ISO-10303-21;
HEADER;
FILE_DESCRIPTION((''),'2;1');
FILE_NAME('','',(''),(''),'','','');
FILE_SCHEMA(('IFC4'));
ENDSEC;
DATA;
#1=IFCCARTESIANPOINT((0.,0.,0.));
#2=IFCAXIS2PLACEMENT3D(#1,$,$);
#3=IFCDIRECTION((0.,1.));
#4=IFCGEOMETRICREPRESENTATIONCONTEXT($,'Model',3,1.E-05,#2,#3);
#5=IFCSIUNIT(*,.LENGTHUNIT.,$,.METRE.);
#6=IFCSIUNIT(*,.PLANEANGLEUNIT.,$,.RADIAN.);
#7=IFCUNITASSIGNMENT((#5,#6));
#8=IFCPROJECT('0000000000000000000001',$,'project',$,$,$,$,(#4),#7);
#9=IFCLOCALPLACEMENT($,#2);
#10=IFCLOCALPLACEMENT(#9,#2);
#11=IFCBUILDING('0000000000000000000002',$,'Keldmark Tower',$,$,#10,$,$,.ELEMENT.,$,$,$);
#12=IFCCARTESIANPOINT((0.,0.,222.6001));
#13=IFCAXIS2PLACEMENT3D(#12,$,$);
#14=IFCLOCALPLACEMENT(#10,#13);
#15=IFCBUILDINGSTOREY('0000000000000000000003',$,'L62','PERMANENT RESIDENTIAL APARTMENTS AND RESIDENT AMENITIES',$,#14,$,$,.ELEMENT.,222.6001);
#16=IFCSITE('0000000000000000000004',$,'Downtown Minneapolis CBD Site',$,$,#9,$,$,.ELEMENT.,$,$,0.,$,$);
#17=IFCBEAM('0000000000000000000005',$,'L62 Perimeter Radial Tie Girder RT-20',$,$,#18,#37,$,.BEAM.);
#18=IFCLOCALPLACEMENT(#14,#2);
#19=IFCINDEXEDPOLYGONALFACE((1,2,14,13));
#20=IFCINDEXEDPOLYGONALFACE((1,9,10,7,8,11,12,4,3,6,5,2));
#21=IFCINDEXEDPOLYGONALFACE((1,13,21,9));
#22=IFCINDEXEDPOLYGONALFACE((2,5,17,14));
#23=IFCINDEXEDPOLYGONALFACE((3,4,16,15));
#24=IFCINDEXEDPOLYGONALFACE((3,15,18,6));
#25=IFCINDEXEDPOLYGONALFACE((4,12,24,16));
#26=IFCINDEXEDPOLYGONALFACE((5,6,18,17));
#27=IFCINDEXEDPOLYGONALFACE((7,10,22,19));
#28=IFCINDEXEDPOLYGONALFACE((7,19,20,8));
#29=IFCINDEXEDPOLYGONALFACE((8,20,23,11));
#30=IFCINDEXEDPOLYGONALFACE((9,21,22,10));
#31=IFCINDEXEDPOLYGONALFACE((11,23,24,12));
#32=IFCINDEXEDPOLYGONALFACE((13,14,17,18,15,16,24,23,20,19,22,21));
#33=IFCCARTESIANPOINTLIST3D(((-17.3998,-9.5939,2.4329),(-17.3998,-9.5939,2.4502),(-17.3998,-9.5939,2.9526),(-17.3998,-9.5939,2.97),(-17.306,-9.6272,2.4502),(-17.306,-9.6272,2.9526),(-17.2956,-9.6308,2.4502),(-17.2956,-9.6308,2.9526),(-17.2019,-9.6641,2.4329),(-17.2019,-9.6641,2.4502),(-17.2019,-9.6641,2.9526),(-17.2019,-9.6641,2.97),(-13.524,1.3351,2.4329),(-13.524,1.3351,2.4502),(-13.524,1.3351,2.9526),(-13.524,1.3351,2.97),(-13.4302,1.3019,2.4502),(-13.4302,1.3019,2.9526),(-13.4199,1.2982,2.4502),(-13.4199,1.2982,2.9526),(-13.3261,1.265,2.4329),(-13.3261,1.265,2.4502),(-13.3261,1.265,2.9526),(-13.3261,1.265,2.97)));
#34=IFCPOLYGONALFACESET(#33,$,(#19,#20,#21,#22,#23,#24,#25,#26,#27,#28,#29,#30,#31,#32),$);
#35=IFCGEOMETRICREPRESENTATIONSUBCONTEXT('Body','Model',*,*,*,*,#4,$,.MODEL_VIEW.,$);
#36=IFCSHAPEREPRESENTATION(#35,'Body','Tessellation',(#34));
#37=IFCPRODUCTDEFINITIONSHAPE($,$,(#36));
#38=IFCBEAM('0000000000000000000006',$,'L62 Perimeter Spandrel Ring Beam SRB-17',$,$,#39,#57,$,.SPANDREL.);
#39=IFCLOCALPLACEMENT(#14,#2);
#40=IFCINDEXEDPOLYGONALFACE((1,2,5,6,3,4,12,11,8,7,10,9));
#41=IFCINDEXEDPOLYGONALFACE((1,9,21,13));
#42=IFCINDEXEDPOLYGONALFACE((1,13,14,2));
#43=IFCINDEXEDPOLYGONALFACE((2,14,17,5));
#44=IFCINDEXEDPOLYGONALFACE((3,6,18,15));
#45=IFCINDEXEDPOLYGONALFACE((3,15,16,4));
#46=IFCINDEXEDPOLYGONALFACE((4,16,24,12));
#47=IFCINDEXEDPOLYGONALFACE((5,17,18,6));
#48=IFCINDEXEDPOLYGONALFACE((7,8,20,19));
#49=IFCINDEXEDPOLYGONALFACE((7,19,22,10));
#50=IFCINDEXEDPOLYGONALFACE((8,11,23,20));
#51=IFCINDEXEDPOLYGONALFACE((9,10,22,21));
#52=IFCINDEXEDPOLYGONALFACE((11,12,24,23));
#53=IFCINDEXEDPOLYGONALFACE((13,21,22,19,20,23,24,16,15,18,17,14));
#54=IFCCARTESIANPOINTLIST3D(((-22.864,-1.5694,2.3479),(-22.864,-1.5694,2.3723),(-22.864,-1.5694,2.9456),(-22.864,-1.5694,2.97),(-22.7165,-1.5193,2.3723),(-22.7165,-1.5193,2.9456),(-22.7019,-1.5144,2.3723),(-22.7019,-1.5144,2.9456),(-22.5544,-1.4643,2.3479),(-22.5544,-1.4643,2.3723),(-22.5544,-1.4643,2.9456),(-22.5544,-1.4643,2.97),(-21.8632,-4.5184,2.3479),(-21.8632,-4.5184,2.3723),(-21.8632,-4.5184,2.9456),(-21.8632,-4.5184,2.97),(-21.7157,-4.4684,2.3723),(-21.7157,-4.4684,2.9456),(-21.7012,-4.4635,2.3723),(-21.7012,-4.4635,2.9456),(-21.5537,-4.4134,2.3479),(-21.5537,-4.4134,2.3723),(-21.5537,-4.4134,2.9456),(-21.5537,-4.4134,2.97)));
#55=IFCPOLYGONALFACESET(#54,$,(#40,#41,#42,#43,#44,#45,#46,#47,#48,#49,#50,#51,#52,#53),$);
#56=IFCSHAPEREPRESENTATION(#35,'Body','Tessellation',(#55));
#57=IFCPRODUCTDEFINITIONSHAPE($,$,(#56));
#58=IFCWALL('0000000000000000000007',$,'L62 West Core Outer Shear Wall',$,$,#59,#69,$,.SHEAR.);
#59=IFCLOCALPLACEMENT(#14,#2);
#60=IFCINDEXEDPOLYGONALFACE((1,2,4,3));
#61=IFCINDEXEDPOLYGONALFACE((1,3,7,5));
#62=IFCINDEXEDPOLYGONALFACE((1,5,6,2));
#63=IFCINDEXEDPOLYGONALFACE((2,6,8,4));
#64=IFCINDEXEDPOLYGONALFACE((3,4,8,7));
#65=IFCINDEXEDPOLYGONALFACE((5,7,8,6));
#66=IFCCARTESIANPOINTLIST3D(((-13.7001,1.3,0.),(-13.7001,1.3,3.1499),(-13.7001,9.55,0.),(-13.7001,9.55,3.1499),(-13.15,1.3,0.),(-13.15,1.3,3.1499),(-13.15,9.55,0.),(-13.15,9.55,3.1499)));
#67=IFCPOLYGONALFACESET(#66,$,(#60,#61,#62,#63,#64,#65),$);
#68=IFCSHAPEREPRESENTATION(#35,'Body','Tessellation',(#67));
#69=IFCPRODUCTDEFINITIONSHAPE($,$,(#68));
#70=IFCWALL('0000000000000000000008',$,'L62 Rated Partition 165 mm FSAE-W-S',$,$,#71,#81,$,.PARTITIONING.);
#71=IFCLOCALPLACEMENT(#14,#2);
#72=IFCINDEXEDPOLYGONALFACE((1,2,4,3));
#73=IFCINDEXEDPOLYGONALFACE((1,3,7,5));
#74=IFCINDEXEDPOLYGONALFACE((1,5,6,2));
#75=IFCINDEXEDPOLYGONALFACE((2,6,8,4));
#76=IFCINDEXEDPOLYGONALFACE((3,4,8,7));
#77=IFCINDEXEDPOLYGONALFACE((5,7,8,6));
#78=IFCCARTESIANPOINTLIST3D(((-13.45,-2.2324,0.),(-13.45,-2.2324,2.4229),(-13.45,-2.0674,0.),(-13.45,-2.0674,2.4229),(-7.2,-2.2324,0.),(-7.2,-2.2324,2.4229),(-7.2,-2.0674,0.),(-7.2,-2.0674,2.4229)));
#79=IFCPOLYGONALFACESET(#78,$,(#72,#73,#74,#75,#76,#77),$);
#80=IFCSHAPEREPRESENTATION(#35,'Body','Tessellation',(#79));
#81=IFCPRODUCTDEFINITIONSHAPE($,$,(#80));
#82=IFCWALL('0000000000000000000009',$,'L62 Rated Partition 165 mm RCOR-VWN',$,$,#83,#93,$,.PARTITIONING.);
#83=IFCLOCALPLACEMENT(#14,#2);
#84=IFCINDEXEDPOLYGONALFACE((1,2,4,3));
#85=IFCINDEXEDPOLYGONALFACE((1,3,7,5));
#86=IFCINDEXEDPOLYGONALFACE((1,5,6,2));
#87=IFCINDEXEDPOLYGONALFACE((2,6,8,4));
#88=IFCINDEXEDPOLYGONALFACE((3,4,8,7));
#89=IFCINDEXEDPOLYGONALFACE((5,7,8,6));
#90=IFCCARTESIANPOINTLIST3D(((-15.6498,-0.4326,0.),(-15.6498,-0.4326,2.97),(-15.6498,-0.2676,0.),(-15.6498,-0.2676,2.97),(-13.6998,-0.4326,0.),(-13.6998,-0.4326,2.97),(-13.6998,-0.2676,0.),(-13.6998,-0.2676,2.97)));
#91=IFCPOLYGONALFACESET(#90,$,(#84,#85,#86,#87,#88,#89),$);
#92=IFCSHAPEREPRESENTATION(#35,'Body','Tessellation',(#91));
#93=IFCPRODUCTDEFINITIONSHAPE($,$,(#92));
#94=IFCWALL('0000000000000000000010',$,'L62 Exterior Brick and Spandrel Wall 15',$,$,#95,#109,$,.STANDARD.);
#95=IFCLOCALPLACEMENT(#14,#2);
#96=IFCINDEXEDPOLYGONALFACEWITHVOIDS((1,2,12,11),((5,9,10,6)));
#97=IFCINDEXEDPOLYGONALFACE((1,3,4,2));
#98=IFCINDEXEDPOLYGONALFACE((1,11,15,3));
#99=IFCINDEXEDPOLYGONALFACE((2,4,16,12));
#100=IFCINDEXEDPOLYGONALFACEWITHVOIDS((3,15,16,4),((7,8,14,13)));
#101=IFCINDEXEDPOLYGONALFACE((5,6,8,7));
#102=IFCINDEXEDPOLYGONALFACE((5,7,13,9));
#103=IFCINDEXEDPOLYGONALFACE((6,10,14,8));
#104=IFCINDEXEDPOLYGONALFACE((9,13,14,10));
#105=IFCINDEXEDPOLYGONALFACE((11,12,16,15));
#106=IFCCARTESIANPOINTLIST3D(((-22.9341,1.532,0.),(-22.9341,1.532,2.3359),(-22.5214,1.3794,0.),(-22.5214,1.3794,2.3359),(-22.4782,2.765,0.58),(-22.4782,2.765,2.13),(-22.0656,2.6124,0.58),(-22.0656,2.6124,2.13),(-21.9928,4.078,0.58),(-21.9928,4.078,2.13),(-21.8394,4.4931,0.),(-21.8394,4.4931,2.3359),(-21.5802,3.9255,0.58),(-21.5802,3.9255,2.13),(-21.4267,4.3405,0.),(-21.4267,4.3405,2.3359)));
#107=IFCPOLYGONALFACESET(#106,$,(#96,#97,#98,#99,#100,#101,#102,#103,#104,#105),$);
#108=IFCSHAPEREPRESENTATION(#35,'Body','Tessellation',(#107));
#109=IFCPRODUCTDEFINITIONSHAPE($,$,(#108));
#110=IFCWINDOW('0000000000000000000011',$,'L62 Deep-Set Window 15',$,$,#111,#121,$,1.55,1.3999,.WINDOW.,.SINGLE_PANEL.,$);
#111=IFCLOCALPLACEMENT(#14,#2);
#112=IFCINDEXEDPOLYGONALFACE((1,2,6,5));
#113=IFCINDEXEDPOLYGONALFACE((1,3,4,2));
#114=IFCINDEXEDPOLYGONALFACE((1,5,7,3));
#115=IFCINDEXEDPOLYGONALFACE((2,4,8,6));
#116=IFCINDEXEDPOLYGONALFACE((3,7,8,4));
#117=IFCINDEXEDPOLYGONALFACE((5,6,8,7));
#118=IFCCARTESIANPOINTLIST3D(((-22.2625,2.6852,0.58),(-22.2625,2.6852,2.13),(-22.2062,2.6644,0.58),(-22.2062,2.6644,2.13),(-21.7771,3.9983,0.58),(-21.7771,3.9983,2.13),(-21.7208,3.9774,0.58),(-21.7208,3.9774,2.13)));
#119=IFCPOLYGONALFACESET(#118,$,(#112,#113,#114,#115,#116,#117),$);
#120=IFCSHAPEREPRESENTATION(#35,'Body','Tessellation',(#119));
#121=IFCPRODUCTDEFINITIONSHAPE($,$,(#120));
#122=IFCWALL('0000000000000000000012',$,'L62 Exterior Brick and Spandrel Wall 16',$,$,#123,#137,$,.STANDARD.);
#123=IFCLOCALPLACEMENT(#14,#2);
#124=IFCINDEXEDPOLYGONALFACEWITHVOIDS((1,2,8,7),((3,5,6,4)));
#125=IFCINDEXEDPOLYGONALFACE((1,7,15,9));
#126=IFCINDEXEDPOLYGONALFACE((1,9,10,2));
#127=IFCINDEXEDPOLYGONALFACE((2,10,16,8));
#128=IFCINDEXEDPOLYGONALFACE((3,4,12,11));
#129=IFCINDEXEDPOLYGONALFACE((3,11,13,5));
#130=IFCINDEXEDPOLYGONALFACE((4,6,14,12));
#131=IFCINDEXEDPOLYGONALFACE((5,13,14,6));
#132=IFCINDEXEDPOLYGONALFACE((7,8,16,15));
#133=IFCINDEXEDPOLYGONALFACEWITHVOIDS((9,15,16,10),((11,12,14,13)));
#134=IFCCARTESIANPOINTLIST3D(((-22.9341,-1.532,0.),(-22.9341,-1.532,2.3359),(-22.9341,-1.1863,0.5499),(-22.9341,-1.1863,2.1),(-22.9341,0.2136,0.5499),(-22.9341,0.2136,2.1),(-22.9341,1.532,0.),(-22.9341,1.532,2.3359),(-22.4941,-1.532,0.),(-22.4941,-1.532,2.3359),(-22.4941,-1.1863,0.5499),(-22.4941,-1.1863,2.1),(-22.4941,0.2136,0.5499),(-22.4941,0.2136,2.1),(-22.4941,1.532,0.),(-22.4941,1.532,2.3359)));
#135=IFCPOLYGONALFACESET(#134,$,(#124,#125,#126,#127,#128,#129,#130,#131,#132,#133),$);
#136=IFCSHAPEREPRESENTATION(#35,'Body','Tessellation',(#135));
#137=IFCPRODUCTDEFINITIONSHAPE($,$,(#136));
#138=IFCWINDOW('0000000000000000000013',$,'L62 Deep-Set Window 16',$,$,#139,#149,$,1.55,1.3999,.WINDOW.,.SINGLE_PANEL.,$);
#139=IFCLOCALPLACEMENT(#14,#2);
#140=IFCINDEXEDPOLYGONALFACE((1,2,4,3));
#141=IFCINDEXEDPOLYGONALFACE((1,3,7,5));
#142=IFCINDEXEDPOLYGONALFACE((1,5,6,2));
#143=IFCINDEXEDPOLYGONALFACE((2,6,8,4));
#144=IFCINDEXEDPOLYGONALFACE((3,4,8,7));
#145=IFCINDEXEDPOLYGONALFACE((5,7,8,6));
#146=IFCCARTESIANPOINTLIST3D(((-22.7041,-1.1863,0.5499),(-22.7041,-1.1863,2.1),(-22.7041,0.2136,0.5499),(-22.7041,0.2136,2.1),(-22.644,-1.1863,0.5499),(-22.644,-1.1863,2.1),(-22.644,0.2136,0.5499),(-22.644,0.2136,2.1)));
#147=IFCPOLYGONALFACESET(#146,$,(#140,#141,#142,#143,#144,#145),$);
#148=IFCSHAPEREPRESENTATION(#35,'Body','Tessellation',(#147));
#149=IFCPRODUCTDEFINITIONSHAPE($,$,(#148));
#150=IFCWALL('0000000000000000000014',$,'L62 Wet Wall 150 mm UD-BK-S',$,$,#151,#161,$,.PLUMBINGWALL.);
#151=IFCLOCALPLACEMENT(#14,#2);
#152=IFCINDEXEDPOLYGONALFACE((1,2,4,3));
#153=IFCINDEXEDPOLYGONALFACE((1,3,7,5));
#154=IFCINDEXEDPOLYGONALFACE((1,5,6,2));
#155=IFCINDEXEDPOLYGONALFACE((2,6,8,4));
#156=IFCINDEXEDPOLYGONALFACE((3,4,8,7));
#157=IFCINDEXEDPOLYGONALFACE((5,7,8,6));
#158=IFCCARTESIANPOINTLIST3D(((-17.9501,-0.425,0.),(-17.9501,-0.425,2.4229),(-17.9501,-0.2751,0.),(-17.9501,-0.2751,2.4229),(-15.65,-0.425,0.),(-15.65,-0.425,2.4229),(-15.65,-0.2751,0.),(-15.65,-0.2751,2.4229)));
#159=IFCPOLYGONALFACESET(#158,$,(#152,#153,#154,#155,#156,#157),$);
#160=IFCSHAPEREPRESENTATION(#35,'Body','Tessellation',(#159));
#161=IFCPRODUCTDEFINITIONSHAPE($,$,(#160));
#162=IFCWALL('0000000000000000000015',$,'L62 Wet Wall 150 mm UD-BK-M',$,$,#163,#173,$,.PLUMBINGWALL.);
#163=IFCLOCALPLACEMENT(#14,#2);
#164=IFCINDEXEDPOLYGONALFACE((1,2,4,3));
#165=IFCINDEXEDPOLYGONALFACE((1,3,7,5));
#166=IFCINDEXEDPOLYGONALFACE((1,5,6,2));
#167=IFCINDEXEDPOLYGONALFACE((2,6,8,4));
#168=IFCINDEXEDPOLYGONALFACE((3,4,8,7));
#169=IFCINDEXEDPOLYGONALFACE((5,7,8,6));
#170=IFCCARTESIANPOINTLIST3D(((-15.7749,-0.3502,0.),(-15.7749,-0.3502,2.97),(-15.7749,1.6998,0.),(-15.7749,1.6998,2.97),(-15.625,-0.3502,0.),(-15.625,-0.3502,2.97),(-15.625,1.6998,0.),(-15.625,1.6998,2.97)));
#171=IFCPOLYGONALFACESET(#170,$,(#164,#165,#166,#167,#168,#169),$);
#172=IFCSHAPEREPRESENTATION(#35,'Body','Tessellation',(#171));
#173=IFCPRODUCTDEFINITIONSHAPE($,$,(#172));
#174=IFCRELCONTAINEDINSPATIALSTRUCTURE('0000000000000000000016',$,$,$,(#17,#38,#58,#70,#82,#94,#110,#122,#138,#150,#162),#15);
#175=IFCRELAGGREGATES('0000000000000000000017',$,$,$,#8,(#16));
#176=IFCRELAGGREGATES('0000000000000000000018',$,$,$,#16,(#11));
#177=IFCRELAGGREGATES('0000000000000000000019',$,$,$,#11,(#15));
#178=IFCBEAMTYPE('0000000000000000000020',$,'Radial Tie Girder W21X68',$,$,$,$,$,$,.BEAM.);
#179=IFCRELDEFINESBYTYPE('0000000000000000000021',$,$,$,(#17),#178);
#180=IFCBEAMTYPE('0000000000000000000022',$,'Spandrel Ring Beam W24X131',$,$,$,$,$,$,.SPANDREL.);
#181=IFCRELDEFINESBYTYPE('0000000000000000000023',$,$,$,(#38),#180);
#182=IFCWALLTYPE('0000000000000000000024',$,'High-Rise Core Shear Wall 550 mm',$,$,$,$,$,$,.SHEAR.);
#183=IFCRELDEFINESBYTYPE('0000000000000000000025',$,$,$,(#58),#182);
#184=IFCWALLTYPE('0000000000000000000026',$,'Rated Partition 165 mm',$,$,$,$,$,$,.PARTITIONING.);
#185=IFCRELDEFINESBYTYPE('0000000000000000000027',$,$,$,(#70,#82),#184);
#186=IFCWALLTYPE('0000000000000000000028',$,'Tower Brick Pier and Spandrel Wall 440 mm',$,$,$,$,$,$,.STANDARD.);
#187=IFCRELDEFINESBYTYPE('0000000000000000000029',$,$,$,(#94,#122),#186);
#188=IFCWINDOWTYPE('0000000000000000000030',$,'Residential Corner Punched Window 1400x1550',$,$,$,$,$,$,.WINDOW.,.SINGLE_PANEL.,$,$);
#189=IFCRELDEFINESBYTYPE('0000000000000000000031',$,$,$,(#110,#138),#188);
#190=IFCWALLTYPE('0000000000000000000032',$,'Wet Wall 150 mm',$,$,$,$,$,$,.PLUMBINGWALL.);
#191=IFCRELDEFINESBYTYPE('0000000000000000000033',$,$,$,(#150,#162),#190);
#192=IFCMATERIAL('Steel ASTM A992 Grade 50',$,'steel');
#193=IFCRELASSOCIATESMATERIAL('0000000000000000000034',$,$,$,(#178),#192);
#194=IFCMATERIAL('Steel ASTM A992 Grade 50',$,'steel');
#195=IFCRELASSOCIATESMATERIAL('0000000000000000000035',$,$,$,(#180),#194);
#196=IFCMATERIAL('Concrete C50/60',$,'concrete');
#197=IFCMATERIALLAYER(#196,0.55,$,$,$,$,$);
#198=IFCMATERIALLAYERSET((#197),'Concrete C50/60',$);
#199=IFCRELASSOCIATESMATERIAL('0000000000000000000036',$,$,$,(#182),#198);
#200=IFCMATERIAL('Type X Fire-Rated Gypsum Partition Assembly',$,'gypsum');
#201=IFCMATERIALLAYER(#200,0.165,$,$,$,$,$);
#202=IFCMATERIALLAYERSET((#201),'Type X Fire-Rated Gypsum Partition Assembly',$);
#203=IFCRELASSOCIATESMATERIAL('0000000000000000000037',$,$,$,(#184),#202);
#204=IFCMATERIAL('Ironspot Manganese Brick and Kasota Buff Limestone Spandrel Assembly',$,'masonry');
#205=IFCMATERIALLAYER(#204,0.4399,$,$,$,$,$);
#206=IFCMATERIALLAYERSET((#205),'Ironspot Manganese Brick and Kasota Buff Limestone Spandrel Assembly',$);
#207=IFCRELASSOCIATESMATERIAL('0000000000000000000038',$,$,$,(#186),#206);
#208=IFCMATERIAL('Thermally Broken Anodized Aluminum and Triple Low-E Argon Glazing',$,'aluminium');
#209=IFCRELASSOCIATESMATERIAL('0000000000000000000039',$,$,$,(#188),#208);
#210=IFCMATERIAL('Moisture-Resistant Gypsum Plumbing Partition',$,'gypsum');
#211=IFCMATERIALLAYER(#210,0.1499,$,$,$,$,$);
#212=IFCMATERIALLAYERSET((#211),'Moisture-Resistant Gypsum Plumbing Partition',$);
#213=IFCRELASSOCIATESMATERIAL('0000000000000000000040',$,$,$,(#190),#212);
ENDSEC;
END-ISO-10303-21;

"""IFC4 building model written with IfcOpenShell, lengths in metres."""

from ifc_helpers import new_model, si_unit, direction, frame, frame_2d, origin, origin_2d, place, context, subcontext, project, spatial, rectangle, i_section, extrude, material, layer, layer_set, material_profile, profile_set, type_object, element, fill, save


model = new_model("IFC4")

# Units and contexts
model_context = context("Model", 3, precision=1e-05, world=origin(), true_north=direction((0.0, 1.0)))
body_context = subcontext(model_context, "Body", "Model", "MODEL_VIEW")
ifc_project = project(units=[si_unit("LENGTHUNIT", "METRE"), si_unit("PLANEANGLEUNIT", "RADIAN")], contexts=[model_context])

# Site, building, storey
site_placement = place(None, origin())
site = spatial("IfcSite", under=ifc_project, at=site_placement, Name="Downtown Minneapolis CBD Site", CompositionType="ELEMENT", RefElevation=0.0)
building_placement = place(site_placement, origin())
building = spatial("IfcBuilding", under=site, at=building_placement, Name="Keldmark Tower", CompositionType="ELEMENT")
storey_placement = place(building_placement, frame((0.0, 0.0, 222.6001)))
storey = spatial("IfcBuildingStorey", under=building, at=storey_placement, Name="L62", Description="PERMANENT RESIDENTIAL APARTMENTS AND RESIDENT AMENITIES", CompositionType="ELEMENT", Elevation=222.6001)

# Beams
ifc_material_1 = material(Name="Steel ASTM A992 Grade 50", Category="steel")
ifc_material_profile_1 = material_profile(ifc_material_1, i_section(OverallWidth=0.21, OverallDepth=0.5371, WebThickness=0.011, FlangeThickness=0.0173, at=origin_2d()), Name="W21X68")
ifc_profile_set_1 = profile_set([ifc_material_profile_1], Name="Steel ASTM A992 Grade 50")
beam_type_1 = type_object("IfcBeamType", Name="Radial Tie Girder W21X68", PredefinedType="BEAM", material=ifc_profile_set_1)
beam_1_placement = place(storey_placement, frame((-13.425, 1.3, 2.7014), z_axis=(-0.334235, -0.94249, 0.0), x_axis=(0.94249, -0.334235, 0.0)))
element("IfcBeam", 1, at=beam_1_placement, inside=storey, type_object=beam_type_1, Name="L62 Perimeter Radial Tie Girder RT-20", PredefinedType="BEAM", context=body_context, shape_type="SweptSolid", body=[
    extrude(i_section(OverallWidth=0.21, OverallDepth=0.5371, WebThickness=0.011, FlangeThickness=0.0173, at=origin_2d()), origin(), (0.0, 0.0, 1.0), 11.5959),
])
ifc_material_2 = material(Name="Steel ASTM A992 Grade 50", Category="steel")
ifc_material_profile_2 = material_profile(ifc_material_2, i_section(OverallWidth=0.3269, OverallDepth=0.6221, WebThickness=0.0154, FlangeThickness=0.0244, at=origin_2d()), Name="W24X131")
ifc_profile_set_2 = profile_set([ifc_material_profile_2], Name="Steel ASTM A992 Grade 50")
beam_type_2 = type_object("IfcBeamType", Name="Spandrel Ring Beam W24X131", PredefinedType="SPANDREL", material=ifc_profile_set_2)
beam_2_placement = place(storey_placement, frame((-22.7092, -1.5168, 2.6589), z_axis=(0.32135, -0.94696, 0.0), x_axis=(0.94696, 0.32135, 0.0)))
element("IfcBeam", 2, at=beam_2_placement, inside=storey, type_object=beam_type_2, Name="L62 Perimeter Spandrel Ring Beam SRB-17", PredefinedType="SPANDREL", context=body_context, shape_type="SweptSolid", body=[
    extrude(i_section(OverallWidth=0.3269, OverallDepth=0.6221, WebThickness=0.0154, FlangeThickness=0.0244, at=origin_2d()), origin(), (0.0, 0.0, 1.0), 3.1143),
])

# Walls
ifc_material_3 = material(Name="Concrete C50/60", Category="concrete")
ifc_layer_1 = layer(ifc_material_3, 0.55)
ifc_layer_set_1 = layer_set([ifc_layer_1], Name="Concrete C50/60")
wall_type_1 = type_object("IfcWallType", Name="High-Rise Core Shear Wall 550 mm", PredefinedType="SHEAR", material=ifc_layer_set_1)
wall_1_placement = place(storey_placement, frame((-13.425, 1.3, 0.0), z_axis=(0.0, 0.0, 1.0), x_axis=(0.0, 1.0, 0.0)))
element("IfcWall", 3, at=wall_1_placement, inside=storey, type_object=wall_type_1, Name="L62 West Core Outer Shear Wall", PredefinedType="SHEAR", context=body_context, shape_type="SweptSolid", body=[
    extrude(rectangle(XDim=8.25, YDim=0.55, at=frame_2d((4.125, 0.0))), origin(), (0.0, 0.0, 1.0), 3.1499),
])
ifc_material_4 = material(Name="Type X Fire-Rated Gypsum Partition Assembly", Category="gypsum")
ifc_layer_2 = layer(ifc_material_4, 0.165)
ifc_layer_set_2 = layer_set([ifc_layer_2], Name="Type X Fire-Rated Gypsum Partition Assembly")
wall_type_2 = type_object("IfcWallType", Name="Rated Partition 165 mm", PredefinedType="PARTITIONING", material=ifc_layer_set_2)
wall_2_placement = place(storey_placement, frame((-13.45, -2.1499, 0.0), z_axis=(0.0, 0.0, 1.0), x_axis=(1.0, 0.0, 0.0)))
element("IfcWall", 4, at=wall_2_placement, inside=storey, type_object=wall_type_2, Name="L62 Rated Partition 165 mm FSAE-W-S", PredefinedType="PARTITIONING", context=body_context, shape_type="SweptSolid", body=[
    extrude(rectangle(XDim=6.25, YDim=0.165, at=frame_2d((3.125, 0.0))), origin(), (0.0, 0.0, 1.0), 2.4229),
])

# Wall
wall_3_placement = place(storey_placement, frame((-15.6499, -0.3501, 0.0), z_axis=(0.0, 0.0, 1.0), x_axis=(1.0, 0.0, 0.0)))
element("IfcWall", 5, at=wall_3_placement, inside=storey, type_object=wall_type_2, Name="L62 Rated Partition 165 mm RCOR-VWN", PredefinedType="PARTITIONING", context=body_context, shape_type="SweptSolid", body=[
    extrude(rectangle(XDim=1.95, YDim=0.165, at=frame_2d((0.9751, 0.0))), origin(), (0.0, 0.0, 1.0), 2.97),
])

# Walls, openings, windows
ifc_material_5 = material(Name="Ironspot Manganese Brick and Kasota Buff Limestone Spandrel Assembly", Category="masonry")
ifc_layer_3 = layer(ifc_material_5, 0.4399)
ifc_layer_set_3 = layer_set([ifc_layer_3], Name="Ironspot Manganese Brick and Kasota Buff Limestone Spandrel Assembly")
wall_type_3 = type_object("IfcWallType", Name="Tower Brick Pier and Spandrel Wall 440 mm", PredefinedType="STANDARD", material=ifc_layer_set_3)
wall_4_placement = place(storey_placement, frame((-22.7278, 1.4556, 0.0), z_axis=(0.0, 0.0, 1.0), x_axis=(0.346755, 0.937956, 0.0)))
wall_4 = element("IfcWall", 6, at=wall_4_placement, inside=storey, type_object=wall_type_3, Name="L62 Exterior Brick and Spandrel Wall 15", PredefinedType="STANDARD", context=body_context, shape_type="SweptSolid", body=[
    extrude(rectangle(XDim=3.157, YDim=0.4399, at=frame_2d((1.5786, 0.0))), origin(), (0.0, 0.0, 1.0), 2.3359),
])
opening_1_placement = place(wall_4_placement, frame((1.3147, 0.0, 0.5801)))
opening_1 = element("IfcOpeningElement", 7, at=opening_1_placement, cuts=wall_4, PredefinedType="OPENING", context=body_context, shape_type="SweptSolid", body=[
    extrude(rectangle(XDim=1.3999, YDim=1.55, at=frame_2d((0.7, 0.7749))), frame((0.0, 0.23, 0.0), z_axis=(0.0, -1.0, 0.0), x_axis=(1.0, 0.0, 0.0)), (0.0, 0.0, 1.0), 0.46),
])
ifc_material_6 = material(Name="Thermally Broken Anodized Aluminum and Triple Low-E Argon Glazing", Category="aluminium")
window_type = type_object("IfcWindowType", Name="Residential Corner Punched Window 1400x1550", PartitioningType="SINGLE_PANEL", PredefinedType="WINDOW", material=ifc_material_6)
window_1_placement = place(opening_1_placement, origin())
window_1 = element("IfcWindow", 8, at=window_1_placement, inside=storey, type_object=window_type, Name="L62 Deep-Set Window 15", OverallHeight=1.55, OverallWidth=1.3999, PartitioningType="SINGLE_PANEL", PredefinedType="WINDOW", context=body_context, shape_type="SweptSolid", body=[
    extrude(rectangle(XDim=1.3999, YDim=1.55, at=frame_2d((0.7, 0.7749))), frame((0.0, -0.01, 0.0), z_axis=(0.0, -1.0, 0.0), x_axis=(1.0, 0.0, 0.0)), (0.0, 0.0, 1.0), 0.0601),
])
fill(opening_1, window_1)
wall_5_placement = place(storey_placement, frame((-22.7141, -1.532, 0.0), z_axis=(0.0, 0.0, 1.0), x_axis=(0.0, 1.0, 0.0)))
wall_5 = element("IfcWall", 9, at=wall_5_placement, inside=storey, type_object=wall_type_3, Name="L62 Exterior Brick and Spandrel Wall 16", PredefinedType="STANDARD", context=body_context, shape_type="SweptSolid", body=[
    extrude(rectangle(XDim=3.064, YDim=0.4399, at=frame_2d((1.532, 0.0))), origin(), (0.0, 0.0, 1.0), 2.3359),
])
opening_2_placement = place(wall_5_placement, frame((0.3457, 0.0, 0.55)))
opening_2 = element("IfcOpeningElement", 10, at=opening_2_placement, cuts=wall_5, PredefinedType="OPENING", context=body_context, shape_type="SweptSolid", body=[
    extrude(rectangle(XDim=1.3999, YDim=1.55, at=frame_2d((0.7, 0.7749))), frame((0.0, 0.23, 0.0), z_axis=(0.0, -1.0, 0.0), x_axis=(1.0, 0.0, 0.0)), (0.0, 0.0, 1.0), 0.46),
])
window_2_placement = place(opening_2_placement, origin())
window_2 = element("IfcWindow", 11, at=window_2_placement, inside=storey, type_object=window_type, Name="L62 Deep-Set Window 16", OverallHeight=1.55, OverallWidth=1.3999, PartitioningType="SINGLE_PANEL", PredefinedType="WINDOW", context=body_context, shape_type="SweptSolid", body=[
    extrude(rectangle(XDim=1.3999, YDim=1.55, at=frame_2d((0.7, 0.7749))), frame((0.0, -0.01, 0.0), z_axis=(0.0, -1.0, 0.0), x_axis=(1.0, 0.0, 0.0)), (0.0, 0.0, 1.0), 0.0601),
])
fill(opening_2, window_2)

# Walls
ifc_material_7 = material(Name="Moisture-Resistant Gypsum Plumbing Partition", Category="gypsum")
ifc_layer_4 = layer(ifc_material_7, 0.1499)
ifc_layer_set_4 = layer_set([ifc_layer_4], Name="Moisture-Resistant Gypsum Plumbing Partition")
wall_type_4 = type_object("IfcWallType", Name="Wet Wall 150 mm", PredefinedType="PLUMBINGWALL", material=ifc_layer_set_4)
wall_6_placement = place(storey_placement, frame((-17.95, -0.3501, 0.0), z_axis=(0.0, 0.0, 1.0), x_axis=(1.0, 0.0, 0.0)))
element("IfcWall", 12, at=wall_6_placement, inside=storey, type_object=wall_type_4, Name="L62 Wet Wall 150 mm UD-BK-S", PredefinedType="PLUMBINGWALL", context=body_context, shape_type="SweptSolid", body=[
    extrude(rectangle(XDim=2.3, YDim=0.1499, at=frame_2d((1.1499, 0.0))), origin(), (0.0, 0.0, 1.0), 2.4229),
])
wall_7_placement = place(storey_placement, frame((-15.7, -0.3501, 0.0), z_axis=(0.0, 0.0, 1.0), x_axis=(0.0, 1.0, 0.0)))
element("IfcWall", 13, at=wall_7_placement, inside=storey, type_object=wall_type_4, Name="L62 Wet Wall 150 mm UD-BK-M", PredefinedType="PLUMBINGWALL", context=body_context, shape_type="SweptSolid", body=[
    extrude(rectangle(XDim=2.05, YDim=0.1499, at=frame_2d((1.0249, 0.0))), origin(), (0.0, 0.0, 1.0), 2.97),
])

save(model, "model.ifc")
